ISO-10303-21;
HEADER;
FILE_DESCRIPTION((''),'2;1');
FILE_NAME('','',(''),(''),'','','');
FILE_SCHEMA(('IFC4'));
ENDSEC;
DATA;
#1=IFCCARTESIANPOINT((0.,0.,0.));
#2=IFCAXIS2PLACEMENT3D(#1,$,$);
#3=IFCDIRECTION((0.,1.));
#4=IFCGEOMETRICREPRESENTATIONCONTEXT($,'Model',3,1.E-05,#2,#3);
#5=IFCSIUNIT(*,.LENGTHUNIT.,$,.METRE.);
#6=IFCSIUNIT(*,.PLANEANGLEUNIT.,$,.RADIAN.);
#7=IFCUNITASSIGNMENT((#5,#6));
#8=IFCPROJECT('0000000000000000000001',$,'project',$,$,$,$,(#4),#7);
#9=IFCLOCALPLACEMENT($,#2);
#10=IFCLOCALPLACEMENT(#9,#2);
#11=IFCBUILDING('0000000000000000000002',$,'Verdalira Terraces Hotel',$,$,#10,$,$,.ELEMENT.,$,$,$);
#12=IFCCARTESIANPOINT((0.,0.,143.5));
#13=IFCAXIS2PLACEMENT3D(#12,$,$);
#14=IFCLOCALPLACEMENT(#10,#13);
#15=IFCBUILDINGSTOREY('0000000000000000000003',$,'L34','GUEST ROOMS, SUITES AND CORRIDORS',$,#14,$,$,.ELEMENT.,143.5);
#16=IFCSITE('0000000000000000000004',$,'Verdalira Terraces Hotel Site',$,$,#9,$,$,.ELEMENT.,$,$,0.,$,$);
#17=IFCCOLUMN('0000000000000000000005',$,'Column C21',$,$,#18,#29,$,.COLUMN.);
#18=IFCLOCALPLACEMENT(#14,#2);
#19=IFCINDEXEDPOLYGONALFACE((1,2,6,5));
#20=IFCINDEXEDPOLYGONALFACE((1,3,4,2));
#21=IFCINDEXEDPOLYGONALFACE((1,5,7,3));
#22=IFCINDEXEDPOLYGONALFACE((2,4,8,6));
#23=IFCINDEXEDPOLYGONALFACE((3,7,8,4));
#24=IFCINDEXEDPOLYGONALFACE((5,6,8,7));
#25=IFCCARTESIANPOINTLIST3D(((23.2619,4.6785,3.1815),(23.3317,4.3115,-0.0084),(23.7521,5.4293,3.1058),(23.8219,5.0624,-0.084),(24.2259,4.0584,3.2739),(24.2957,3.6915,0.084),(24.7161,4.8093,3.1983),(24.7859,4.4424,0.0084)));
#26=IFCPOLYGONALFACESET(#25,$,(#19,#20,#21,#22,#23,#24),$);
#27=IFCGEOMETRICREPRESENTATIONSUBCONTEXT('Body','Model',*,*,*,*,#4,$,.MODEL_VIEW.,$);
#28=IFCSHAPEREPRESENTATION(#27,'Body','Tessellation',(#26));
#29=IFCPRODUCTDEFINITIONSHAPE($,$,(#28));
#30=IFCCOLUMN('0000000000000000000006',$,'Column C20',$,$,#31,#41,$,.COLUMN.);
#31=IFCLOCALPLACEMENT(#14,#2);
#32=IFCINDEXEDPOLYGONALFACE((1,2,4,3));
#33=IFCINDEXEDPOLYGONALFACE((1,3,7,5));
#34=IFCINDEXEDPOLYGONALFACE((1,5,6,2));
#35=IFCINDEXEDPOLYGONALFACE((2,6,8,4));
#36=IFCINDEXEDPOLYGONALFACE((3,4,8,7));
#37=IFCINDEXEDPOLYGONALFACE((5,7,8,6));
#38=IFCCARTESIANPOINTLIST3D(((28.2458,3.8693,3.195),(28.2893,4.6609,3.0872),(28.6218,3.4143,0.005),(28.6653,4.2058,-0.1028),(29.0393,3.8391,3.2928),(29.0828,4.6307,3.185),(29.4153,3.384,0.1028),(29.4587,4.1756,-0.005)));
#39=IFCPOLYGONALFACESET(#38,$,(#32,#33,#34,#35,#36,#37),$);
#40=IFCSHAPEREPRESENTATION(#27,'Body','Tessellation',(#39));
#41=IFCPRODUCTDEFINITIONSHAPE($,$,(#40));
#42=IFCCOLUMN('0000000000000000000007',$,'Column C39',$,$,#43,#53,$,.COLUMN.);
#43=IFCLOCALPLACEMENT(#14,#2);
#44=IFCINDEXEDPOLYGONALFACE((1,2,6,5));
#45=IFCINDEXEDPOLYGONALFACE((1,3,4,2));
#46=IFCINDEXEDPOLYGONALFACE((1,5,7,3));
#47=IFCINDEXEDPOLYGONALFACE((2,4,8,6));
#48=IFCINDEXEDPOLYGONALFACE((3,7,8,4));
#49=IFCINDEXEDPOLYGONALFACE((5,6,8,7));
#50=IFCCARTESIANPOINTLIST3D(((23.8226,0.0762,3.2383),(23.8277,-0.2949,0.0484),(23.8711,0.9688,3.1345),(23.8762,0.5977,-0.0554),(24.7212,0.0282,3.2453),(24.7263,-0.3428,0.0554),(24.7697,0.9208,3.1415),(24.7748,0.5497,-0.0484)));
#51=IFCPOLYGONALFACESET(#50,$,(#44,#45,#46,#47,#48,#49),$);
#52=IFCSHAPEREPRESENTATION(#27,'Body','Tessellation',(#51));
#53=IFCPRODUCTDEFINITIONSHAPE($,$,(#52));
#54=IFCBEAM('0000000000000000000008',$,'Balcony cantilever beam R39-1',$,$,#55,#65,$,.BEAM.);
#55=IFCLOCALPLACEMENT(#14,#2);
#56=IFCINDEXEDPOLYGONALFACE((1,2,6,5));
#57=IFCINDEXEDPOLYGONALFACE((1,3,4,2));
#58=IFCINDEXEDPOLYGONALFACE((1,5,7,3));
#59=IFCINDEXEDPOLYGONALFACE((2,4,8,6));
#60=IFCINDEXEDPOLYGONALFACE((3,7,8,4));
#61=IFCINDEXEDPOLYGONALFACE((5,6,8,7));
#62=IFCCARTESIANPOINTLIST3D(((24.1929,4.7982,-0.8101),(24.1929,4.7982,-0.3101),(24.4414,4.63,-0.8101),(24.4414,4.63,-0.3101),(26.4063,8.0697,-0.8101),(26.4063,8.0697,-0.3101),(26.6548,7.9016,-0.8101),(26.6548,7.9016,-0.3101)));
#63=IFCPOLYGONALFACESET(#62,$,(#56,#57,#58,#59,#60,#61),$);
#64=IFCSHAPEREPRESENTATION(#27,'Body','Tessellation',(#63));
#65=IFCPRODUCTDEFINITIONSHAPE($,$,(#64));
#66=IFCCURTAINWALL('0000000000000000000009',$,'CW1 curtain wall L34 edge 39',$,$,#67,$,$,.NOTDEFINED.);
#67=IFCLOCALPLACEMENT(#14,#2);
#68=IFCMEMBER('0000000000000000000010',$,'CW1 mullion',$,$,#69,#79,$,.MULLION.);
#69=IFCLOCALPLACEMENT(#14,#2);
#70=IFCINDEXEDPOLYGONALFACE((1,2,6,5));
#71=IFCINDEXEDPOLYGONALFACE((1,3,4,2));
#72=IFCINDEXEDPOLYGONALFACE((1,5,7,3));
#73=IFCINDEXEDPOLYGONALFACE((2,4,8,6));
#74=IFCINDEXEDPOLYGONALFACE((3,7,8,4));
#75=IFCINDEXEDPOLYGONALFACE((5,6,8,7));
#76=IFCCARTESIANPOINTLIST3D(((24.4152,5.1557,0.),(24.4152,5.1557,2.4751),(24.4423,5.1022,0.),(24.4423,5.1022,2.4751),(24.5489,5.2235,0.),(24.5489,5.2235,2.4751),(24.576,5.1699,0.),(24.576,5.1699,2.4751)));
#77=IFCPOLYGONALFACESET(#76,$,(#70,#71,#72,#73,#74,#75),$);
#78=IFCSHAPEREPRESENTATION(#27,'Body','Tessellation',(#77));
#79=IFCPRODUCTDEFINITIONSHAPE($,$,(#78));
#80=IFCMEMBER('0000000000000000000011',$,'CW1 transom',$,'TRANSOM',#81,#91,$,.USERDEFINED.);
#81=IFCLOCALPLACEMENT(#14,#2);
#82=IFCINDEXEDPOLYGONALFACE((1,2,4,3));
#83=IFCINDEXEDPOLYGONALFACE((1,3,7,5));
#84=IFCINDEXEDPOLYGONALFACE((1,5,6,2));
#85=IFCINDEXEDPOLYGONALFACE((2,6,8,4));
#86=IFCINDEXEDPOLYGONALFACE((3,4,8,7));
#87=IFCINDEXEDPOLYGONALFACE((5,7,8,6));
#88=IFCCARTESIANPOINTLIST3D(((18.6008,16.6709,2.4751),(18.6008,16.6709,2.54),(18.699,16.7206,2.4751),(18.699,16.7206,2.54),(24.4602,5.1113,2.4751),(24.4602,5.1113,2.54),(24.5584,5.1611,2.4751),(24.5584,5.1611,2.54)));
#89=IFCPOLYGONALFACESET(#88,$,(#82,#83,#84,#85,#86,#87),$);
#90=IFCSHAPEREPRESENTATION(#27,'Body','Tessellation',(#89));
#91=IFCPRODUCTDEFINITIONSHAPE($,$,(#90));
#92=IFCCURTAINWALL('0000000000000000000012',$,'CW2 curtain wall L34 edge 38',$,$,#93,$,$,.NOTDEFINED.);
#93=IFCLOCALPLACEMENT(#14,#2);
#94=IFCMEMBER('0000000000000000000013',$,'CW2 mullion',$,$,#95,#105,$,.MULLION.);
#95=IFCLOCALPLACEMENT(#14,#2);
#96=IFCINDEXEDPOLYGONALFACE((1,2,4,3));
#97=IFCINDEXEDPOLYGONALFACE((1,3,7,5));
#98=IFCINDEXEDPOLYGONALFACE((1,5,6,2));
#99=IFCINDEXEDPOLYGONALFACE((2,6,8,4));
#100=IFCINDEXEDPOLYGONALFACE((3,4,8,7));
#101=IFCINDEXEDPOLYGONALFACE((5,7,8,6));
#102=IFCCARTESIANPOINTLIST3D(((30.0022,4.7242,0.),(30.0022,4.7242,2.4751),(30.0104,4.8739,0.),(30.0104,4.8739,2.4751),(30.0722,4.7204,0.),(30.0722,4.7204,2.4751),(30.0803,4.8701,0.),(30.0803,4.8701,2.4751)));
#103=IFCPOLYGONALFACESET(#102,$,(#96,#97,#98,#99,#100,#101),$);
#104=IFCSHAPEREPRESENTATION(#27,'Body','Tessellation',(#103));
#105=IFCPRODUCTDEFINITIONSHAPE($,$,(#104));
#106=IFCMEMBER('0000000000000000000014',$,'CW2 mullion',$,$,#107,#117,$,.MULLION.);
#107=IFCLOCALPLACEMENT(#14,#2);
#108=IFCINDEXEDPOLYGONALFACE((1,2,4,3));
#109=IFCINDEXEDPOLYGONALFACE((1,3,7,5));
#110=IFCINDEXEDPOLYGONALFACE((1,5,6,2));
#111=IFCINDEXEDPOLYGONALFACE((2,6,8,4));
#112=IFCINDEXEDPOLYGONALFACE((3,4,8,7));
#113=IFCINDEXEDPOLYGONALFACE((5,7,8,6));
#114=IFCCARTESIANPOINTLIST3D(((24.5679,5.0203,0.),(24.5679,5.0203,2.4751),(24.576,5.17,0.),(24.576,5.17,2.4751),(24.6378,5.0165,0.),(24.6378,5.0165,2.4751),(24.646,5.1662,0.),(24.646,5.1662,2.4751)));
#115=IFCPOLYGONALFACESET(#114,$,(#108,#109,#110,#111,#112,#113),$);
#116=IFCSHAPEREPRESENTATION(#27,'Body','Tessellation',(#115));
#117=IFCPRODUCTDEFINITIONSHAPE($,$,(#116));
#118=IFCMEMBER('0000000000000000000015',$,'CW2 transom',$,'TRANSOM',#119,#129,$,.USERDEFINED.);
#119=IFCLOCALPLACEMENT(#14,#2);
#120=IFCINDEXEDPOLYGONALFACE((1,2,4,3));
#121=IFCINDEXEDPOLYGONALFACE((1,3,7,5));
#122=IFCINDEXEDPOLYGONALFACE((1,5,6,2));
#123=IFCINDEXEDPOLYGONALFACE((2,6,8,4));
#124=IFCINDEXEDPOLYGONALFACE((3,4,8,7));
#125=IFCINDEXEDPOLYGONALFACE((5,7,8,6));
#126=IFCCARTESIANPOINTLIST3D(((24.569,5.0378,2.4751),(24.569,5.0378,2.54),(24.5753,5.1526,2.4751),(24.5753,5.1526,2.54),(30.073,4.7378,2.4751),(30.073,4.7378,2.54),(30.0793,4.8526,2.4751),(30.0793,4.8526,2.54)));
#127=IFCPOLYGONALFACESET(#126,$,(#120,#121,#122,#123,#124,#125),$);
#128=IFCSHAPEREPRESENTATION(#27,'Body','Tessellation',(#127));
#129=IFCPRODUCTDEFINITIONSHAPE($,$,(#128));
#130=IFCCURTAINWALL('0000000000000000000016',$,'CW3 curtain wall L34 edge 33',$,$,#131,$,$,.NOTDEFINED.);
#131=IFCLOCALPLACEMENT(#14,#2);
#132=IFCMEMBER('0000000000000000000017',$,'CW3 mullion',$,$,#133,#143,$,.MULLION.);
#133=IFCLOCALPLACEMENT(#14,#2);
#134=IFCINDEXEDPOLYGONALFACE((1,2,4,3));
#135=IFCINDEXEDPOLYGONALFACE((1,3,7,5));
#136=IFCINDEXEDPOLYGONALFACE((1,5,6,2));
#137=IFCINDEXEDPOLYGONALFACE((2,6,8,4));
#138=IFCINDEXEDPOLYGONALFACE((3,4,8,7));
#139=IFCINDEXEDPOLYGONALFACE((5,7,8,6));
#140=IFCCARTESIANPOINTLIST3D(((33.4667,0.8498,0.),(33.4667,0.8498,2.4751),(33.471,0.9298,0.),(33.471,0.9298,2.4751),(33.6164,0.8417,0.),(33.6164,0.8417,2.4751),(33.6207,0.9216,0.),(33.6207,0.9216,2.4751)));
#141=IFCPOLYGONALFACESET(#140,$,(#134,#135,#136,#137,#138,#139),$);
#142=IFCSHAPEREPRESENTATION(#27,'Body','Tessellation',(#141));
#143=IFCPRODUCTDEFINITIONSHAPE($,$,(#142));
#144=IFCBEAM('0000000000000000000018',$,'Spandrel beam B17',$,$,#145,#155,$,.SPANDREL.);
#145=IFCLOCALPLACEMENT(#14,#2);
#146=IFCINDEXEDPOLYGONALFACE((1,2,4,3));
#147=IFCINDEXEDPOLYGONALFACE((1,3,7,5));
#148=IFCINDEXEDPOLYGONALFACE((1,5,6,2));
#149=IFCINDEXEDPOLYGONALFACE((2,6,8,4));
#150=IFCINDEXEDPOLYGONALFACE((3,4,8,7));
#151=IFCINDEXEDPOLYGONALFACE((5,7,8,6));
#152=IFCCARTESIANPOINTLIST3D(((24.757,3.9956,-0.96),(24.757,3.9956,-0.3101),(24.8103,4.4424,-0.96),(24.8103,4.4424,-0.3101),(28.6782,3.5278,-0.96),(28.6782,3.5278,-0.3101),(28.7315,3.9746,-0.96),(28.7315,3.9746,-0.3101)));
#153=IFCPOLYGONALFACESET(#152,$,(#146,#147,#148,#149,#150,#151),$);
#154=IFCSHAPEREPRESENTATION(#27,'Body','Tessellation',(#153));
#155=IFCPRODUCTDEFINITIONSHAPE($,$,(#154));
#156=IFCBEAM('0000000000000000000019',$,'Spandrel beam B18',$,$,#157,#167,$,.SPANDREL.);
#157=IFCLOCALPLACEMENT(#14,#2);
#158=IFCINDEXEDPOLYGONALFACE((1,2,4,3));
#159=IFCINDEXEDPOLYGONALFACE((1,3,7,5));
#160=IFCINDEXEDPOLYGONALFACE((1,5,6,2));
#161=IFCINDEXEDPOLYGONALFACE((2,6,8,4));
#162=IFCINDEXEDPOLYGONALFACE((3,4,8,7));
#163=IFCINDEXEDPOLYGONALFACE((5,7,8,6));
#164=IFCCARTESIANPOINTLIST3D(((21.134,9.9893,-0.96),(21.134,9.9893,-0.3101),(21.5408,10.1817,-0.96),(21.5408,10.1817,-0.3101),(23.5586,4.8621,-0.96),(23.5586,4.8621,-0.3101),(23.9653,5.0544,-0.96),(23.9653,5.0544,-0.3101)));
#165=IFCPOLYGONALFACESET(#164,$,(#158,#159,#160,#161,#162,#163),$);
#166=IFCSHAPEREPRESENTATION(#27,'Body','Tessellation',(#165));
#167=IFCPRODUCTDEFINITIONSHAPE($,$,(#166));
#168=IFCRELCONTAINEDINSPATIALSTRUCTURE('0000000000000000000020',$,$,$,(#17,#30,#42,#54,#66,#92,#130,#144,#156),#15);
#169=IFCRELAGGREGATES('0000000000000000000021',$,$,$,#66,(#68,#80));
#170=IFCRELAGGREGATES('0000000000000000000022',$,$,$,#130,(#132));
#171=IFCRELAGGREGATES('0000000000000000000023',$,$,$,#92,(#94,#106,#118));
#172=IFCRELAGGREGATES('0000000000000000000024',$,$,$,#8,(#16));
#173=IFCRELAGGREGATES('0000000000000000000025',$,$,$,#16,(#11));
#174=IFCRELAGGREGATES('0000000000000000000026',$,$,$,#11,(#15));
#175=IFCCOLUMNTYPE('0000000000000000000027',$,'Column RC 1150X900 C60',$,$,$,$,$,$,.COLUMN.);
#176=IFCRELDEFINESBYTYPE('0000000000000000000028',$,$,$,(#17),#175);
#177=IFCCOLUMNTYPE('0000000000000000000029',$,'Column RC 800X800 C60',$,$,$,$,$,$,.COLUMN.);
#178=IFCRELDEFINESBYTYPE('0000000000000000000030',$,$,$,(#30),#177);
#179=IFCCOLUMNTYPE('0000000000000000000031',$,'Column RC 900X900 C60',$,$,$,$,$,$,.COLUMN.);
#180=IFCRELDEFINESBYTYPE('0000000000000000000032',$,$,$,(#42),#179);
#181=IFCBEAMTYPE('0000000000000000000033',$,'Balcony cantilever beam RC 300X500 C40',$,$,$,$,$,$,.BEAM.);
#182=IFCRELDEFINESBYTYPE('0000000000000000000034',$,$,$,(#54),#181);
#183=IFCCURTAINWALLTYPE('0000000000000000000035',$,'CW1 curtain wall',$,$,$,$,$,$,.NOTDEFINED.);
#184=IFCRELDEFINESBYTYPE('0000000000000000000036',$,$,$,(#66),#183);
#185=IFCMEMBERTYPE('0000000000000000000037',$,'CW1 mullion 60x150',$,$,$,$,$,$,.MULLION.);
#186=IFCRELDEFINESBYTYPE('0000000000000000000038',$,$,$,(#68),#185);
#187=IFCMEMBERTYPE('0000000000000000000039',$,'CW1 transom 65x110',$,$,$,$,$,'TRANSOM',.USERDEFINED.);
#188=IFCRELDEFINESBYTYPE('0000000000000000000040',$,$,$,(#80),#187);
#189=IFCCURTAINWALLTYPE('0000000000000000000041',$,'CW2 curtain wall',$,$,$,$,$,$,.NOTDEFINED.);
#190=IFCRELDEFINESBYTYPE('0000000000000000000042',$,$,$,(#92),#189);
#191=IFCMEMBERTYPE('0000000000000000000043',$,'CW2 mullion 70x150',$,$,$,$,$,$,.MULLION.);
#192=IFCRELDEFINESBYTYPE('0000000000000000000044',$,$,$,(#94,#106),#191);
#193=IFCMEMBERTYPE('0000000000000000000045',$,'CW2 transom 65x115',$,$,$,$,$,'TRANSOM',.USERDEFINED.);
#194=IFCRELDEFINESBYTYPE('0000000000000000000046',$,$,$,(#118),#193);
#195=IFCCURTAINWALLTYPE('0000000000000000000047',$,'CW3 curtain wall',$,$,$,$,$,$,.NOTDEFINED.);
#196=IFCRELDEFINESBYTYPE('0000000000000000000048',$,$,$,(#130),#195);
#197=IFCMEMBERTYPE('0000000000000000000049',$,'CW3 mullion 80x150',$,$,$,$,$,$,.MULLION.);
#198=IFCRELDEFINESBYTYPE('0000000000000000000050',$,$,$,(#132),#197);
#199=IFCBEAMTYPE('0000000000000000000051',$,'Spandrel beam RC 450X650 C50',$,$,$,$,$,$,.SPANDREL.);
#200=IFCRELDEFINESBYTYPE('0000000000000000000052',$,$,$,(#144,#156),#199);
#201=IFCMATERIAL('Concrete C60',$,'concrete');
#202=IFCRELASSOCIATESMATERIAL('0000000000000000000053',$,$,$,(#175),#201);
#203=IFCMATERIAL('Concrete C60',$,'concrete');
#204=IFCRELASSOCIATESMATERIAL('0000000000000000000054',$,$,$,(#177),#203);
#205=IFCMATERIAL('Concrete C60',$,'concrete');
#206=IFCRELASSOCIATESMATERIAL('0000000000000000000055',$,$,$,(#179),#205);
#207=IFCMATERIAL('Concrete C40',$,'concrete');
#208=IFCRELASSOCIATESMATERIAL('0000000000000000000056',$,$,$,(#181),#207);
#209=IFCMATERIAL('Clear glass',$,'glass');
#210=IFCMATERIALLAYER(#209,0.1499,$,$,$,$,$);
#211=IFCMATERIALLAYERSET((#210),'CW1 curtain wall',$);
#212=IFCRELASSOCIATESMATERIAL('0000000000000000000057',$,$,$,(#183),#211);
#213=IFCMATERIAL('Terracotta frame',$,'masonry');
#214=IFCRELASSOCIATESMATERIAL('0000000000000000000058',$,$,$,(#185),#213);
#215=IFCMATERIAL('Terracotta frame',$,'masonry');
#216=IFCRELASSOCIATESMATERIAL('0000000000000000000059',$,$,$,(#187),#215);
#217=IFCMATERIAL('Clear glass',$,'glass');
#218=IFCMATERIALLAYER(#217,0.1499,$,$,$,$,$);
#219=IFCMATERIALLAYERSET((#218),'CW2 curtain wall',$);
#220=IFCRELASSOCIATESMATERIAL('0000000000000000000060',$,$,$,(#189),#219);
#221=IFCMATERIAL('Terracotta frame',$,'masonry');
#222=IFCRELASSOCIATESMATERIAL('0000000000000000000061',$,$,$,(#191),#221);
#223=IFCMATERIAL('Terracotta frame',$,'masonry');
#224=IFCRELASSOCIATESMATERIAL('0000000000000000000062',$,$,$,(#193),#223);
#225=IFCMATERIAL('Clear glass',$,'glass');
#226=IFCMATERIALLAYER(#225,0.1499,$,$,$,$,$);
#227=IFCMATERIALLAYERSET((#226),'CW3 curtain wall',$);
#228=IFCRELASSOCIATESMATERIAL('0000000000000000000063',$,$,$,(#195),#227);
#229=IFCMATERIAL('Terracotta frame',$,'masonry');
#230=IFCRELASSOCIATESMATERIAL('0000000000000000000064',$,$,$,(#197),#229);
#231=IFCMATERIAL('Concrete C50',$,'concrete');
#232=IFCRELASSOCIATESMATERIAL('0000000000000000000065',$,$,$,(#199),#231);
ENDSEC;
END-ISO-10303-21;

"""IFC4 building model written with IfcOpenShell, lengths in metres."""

from ifc_helpers import new_model, si_unit, direction, frame, origin, origin_2d, place, context, subcontext, project, spatial, rectangle, extrude, material, layer, layer_set, material_profile, profile_set, type_object, element, aggregate, save


model = new_model("IFC4")

# Units and contexts
model_context = context("Model", 3, precision=1e-05, world=origin(), true_north=direction((0.0, 1.0)))
body_context = subcontext(model_context, "Body", "Model", "MODEL_VIEW")
ifc_project = project(units=[si_unit("LENGTHUNIT", "METRE"), si_unit("PLANEANGLEUNIT", "RADIAN")], contexts=[model_context])

# Site, building, storey
site_placement = place(None, origin())
site = spatial("IfcSite", under=ifc_project, at=site_placement, Name="Verdalira Terraces Hotel Site", CompositionType="ELEMENT", RefElevation=0.0)
building_placement = place(site_placement, origin())
building = spatial("IfcBuilding", under=site, at=building_placement, Name="Verdalira Terraces Hotel", CompositionType="ELEMENT")
storey_placement = place(building_placement, frame((0.0, 0.0, 143.5)))
storey = spatial("IfcBuildingStorey", under=building, at=storey_placement, Name="L34", Description="GUEST ROOMS, SUITES AND CORRIDORS", CompositionType="ELEMENT", Elevation=143.5)

# Columns
ifc_material_1 = material(Name="Concrete C60", Category="concrete")
ifc_material_profile_1 = material_profile(ifc_material_1, rectangle(XDim=1.1499, YDim=0.8999, at=origin_2d()), Name="RC 1150X900")
ifc_profile_set_1 = profile_set([ifc_material_profile_1], Name="Concrete C60")
column_type_1 = type_object("IfcColumnType", Name="Column RC 1150X900 C60", PredefinedType="COLUMN", material=ifc_profile_set_1)
column_1_placement = place(storey_placement, frame((24.0588, 4.377, 0.0), z_axis=(-0.02174, 0.114251, 0.993214), x_axis=(0.83834, -0.53919, 0.080374)))
element("IfcColumn", 1, at=column_1_placement, inside=storey, type_object=column_type_1, Name="Column C21", PredefinedType="COLUMN", context=body_context, shape_type="SweptSolid", body=[
    extrude(rectangle(XDim=1.1499, YDim=0.8999, at=origin_2d()), origin(), (0.0, 0.0, 1.0), 3.2117),
])
ifc_material_2 = material(Name="Concrete C60", Category="concrete")
ifc_material_profile_2 = material_profile(ifc_material_2, rectangle(XDim=0.8, YDim=0.8, at=origin_2d()), Name="RC 800X800")
ifc_profile_set_2 = profile_set([ifc_material_profile_2], Name="Concrete C60")
column_type_2 = type_object("IfcColumnType", Name="Column RC 800X800 C60", PredefinedType="COLUMN", material=ifc_profile_set_2)
column_2_placement = place(storey_placement, frame((29.0403, 3.7949, 0.0), z_axis=(-0.115896, 0.140279, 0.983306), x_axis=(-0.991775, 0.037794, -0.122285)))
element("IfcColumn", 2, at=column_2_placement, inside=storey, type_object=column_type_2, Name="Column C20", PredefinedType="COLUMN", context=body_context, shape_type="SweptSolid", body=[
    extrude(rectangle(XDim=0.8, YDim=0.8, at=origin_2d()), origin(), (0.0, 0.0, 1.0), 3.2441),
])
ifc_material_3 = material(Name="Concrete C60", Category="concrete")
ifc_material_profile_3 = material_profile(ifc_material_3, rectangle(XDim=0.8999, YDim=0.8999, at=origin_2d()), Name="RC 900X900")
ifc_profile_set_3 = profile_set([ifc_material_profile_3], Name="Concrete C60")
column_type_3 = type_object("IfcColumnType", Name="Column RC 900X900 C60", PredefinedType="COLUMN", material=ifc_profile_set_3)
column_3_placement = place(storey_placement, frame((24.3013, 0.1274, 0.0), z_axis=(-0.001596, 0.115553, 0.9933), x_axis=(0.998546, -0.053331, 0.007809)))
element("IfcColumn", 3, at=column_3_placement, inside=storey, type_object=column_type_3, Name="Column C39", PredefinedType="COLUMN", context=body_context, shape_type="SweptSolid", body=[
    extrude(rectangle(XDim=0.8999, YDim=0.8999, at=origin_2d()), origin(), (0.0, 0.0, 1.0), 3.2114),
])

# Beam
ifc_material_4 = material(Name="Concrete C40", Category="concrete")
ifc_material_profile_4 = material_profile(ifc_material_4, rectangle(XDim=0.3, YDim=0.5, at=origin_2d()), Name="RC 300X500")
ifc_profile_set_4 = profile_set([ifc_material_profile_4], Name="Concrete C40")
beam_type_1 = type_object("IfcBeamType", Name="Balcony cantilever beam RC 300X500 C40", PredefinedType="BEAM", material=ifc_profile_set_4)
beam_1_placement = place(storey_placement, frame((24.3171, 4.7141, -0.5601), z_axis=(0.560364, 0.828246, 0.0), x_axis=(-0.828246, 0.560364, 0.0)))
element("IfcBeam", 4, at=beam_1_placement, inside=storey, type_object=beam_type_1, Name="Balcony cantilever beam R39-1", PredefinedType="BEAM", context=body_context, shape_type="SweptSolid", body=[
    extrude(rectangle(XDim=0.3, YDim=0.5, at=origin_2d()), origin(), (0.0, 0.0, 1.0), 3.95),
])

# Curtain walls, members
ifc_material_5 = material(Name="Clear glass", Category="glass")
ifc_layer_1 = layer(ifc_material_5, 0.1499)
ifc_layer_set_1 = layer_set([ifc_layer_1], Name="CW1 curtain wall")
curtain_wall_type_1 = type_object("IfcCurtainWallType", Name="CW1 curtain wall", PredefinedType="NOTDEFINED", material=ifc_layer_set_1)
curtain_wall_1_placement = place(storey_placement, origin())
curtain_wall_1 = element("IfcCurtainWall", 5, at=curtain_wall_1_placement, inside=storey, type_object=curtain_wall_type_1, Name="CW1 curtain wall L34 edge 39", PredefinedType="NOTDEFINED")
ifc_material_6 = material(Name="Terracotta frame", Category="masonry")
ifc_material_profile_5 = material_profile(ifc_material_6, rectangle(XDim=0.0601, YDim=0.1499, at=origin_2d()), Name="MU 60x150")
ifc_profile_set_5 = profile_set([ifc_material_profile_5], Name="Terracotta frame")
member_type_1 = type_object("IfcMemberType", Name="CW1 mullion 60x150", PredefinedType="MULLION", material=ifc_profile_set_5)
member_1_placement = place(storey_placement, frame((24.4956, 5.1628, 0.0), z_axis=(0.0, 0.0, 1.0), x_axis=(-0.452123, 0.891955, 0.0)))
member_1 = element("IfcMember", 6, at=member_1_placement, type_object=member_type_1, Name="CW1 mullion", PredefinedType="MULLION", context=body_context, shape_type="SweptSolid", body=[
    extrude(rectangle(XDim=0.0601, YDim=0.1499, at=origin_2d()), origin(), (0.0, 0.0, 1.0), 2.4751),
])
ifc_material_7 = material(Name="Terracotta frame", Category="masonry")
ifc_material_profile_6 = material_profile(ifc_material_7, rectangle(XDim=0.1101, YDim=0.0649, at=origin_2d()), Name="TR 65x110")
ifc_profile_set_6 = profile_set([ifc_material_profile_6], Name="Terracotta frame")
member_type_2 = type_object("IfcMemberType", Name="CW1 transom 65x110", ElementType="TRANSOM", PredefinedType="USERDEFINED", material=ifc_profile_set_6)
member_2_placement = place(storey_placement, frame((24.5093, 5.1362, 2.5076), z_axis=(-0.45212, 0.891957, 0.0), x_axis=(-0.891957, -0.45212, 0.0)))
member_2 = element("IfcMember", 7, at=member_2_placement, type_object=member_type_2, Name="CW1 transom", ObjectType="TRANSOM", PredefinedType="USERDEFINED", context=body_context, shape_type="SweptSolid", body=[
    extrude(rectangle(XDim=0.1101, YDim=0.0649, at=origin_2d()), origin(), (0.0, 0.0, 1.0), 12.9597),
])
aggregate(curtain_wall_1, [member_1, member_2])
ifc_material_8 = material(Name="Clear glass", Category="glass")
ifc_layer_2 = layer(ifc_material_8, 0.1499)
ifc_layer_set_2 = layer_set([ifc_layer_2], Name="CW2 curtain wall")
curtain_wall_type_2 = type_object("IfcCurtainWallType", Name="CW2 curtain wall", PredefinedType="NOTDEFINED", material=ifc_layer_set_2)
curtain_wall_2_placement = place(storey_placement, origin())
curtain_wall_2 = element("IfcCurtainWall", 8, at=curtain_wall_2_placement, inside=storey, type_object=curtain_wall_type_2, Name="CW2 curtain wall L34 edge 38", PredefinedType="NOTDEFINED")
ifc_material_9 = material(Name="Terracotta frame", Category="masonry")
ifc_material_profile_7 = material_profile(ifc_material_9, rectangle(XDim=0.0701, YDim=0.1499, at=origin_2d()), Name="MU 70x150")
ifc_profile_set_7 = profile_set([ifc_material_profile_7], Name="Terracotta frame")
member_type_3 = type_object("IfcMemberType", Name="CW2 mullion 70x150", PredefinedType="MULLION", material=ifc_profile_set_7)
member_3_placement = place(storey_placement, frame((30.0413, 4.7971, 0.0), z_axis=(0.0, 0.0, 1.0), x_axis=(-0.998518, 0.054427, 0.0)))
member_3 = element("IfcMember", 9, at=member_3_placement, type_object=member_type_3, Name="CW2 mullion", PredefinedType="MULLION", context=body_context, shape_type="SweptSolid", body=[
    extrude(rectangle(XDim=0.0701, YDim=0.1499, at=origin_2d()), origin(), (0.0, 0.0, 1.0), 2.4751),
])
member_4_placement = place(storey_placement, frame((24.6069, 5.0933, 0.0), z_axis=(0.0, 0.0, 1.0), x_axis=(-0.998518, 0.054427, 0.0)))
member_4 = element("IfcMember", 10, at=member_4_placement, type_object=member_type_3, Name="CW2 mullion", PredefinedType="MULLION", context=body_context, shape_type="SweptSolid", body=[
    extrude(rectangle(XDim=0.0701, YDim=0.1499, at=origin_2d()), origin(), (0.0, 0.0, 1.0), 2.4751),
])
ifc_material_10 = material(Name="Terracotta frame", Category="masonry")
ifc_material_profile_8 = material_profile(ifc_material_10, rectangle(XDim=0.115, YDim=0.0649, at=origin_2d()), Name="TR 65x115")
ifc_profile_set_8 = profile_set([ifc_material_profile_8], Name="Terracotta frame")
member_type_4 = type_object("IfcMemberType", Name="CW2 transom 65x115", ElementType="TRANSOM", PredefinedType="USERDEFINED", material=ifc_profile_set_8)
member_5_placement = place(storey_placement, frame((30.0762, 4.7952, 2.5076), z_axis=(-0.998517, 0.054432, 0.0), x_axis=(-0.054432, -0.998517, 0.0)))
member_5 = element("IfcMember", 11, at=member_5_placement, type_object=member_type_4, Name="CW2 transom", ObjectType="TRANSOM", PredefinedType="USERDEFINED", context=body_context, shape_type="SweptSolid", body=[
    extrude(rectangle(XDim=0.115, YDim=0.0649, at=origin_2d()), origin(), (0.0, 0.0, 1.0), 5.5122),
])

# Curtain wall, member
ifc_material_11 = material(Name="Clear glass", Category="glass")
ifc_layer_3 = layer(ifc_material_11, 0.1499)
ifc_layer_set_3 = layer_set([ifc_layer_3], Name="CW3 curtain wall")
curtain_wall_type_3 = type_object("IfcCurtainWallType", Name="CW3 curtain wall", PredefinedType="NOTDEFINED", material=ifc_layer_set_3)
curtain_wall_3_placement = place(storey_placement, origin())
curtain_wall_3 = element("IfcCurtainWall", 12, at=curtain_wall_3_placement, inside=storey, type_object=curtain_wall_type_3, Name="CW3 curtain wall L34 edge 33", PredefinedType="NOTDEFINED")
ifc_material_12 = material(Name="Terracotta frame", Category="masonry")
ifc_material_profile_9 = material_profile(ifc_material_12, rectangle(XDim=0.0801, YDim=0.1499, at=origin_2d()), Name="MU 80x150")
ifc_profile_set_9 = profile_set([ifc_material_profile_9], Name="Terracotta frame")
member_type_5 = type_object("IfcMemberType", Name="CW3 mullion 80x150", PredefinedType="MULLION", material=ifc_profile_set_9)
member_6_placement = place(storey_placement, frame((33.5437, 0.8857, 0.0), z_axis=(0.0, 0.0, 1.0), x_axis=(0.054427, 0.998518, 0.0)))
member_6 = element("IfcMember", 13, at=member_6_placement, type_object=member_type_5, Name="CW3 mullion", PredefinedType="MULLION", context=body_context, shape_type="SweptSolid", body=[
    extrude(rectangle(XDim=0.0801, YDim=0.1499, at=origin_2d()), origin(), (0.0, 0.0, 1.0), 2.4751),
])
aggregate(curtain_wall_3, [member_6])

# Beams
ifc_material_13 = material(Name="Concrete C50", Category="concrete")
ifc_material_profile_10 = material_profile(ifc_material_13, rectangle(XDim=0.45, YDim=0.6499, at=origin_2d()), Name="RC 450X650")
ifc_profile_set_10 = profile_set([ifc_material_profile_10], Name="Concrete C50")
beam_type_2 = type_object("IfcBeamType", Name="Spandrel beam RC 450X650 C50", PredefinedType="SPANDREL", material=ifc_profile_set_10)
beam_2_placement = place(storey_placement, frame((28.7048, 3.7512, -0.635), z_axis=(-0.992959, 0.118455, 0.0), x_axis=(-0.118455, -0.992959, 0.0)))
element("IfcBeam", 14, at=beam_2_placement, inside=storey, type_object=beam_type_2, Name="Spandrel beam B17", PredefinedType="SPANDREL", context=body_context, shape_type="SweptSolid", body=[
    extrude(rectangle(XDim=0.45, YDim=0.6499, at=origin_2d()), origin(), (0.0, 0.0, 1.0), 3.949),
])
beam_3_placement = place(storey_placement, frame((23.762, 4.9583, -0.635), z_axis=(-0.427494, 0.904018, 0.0), x_axis=(-0.904018, -0.427494, 0.0)))
element("IfcBeam", 15, at=beam_3_placement, inside=storey, type_object=beam_type_2, Name="Spandrel beam B18", PredefinedType="SPANDREL", context=body_context, shape_type="SweptSolid", body=[
    extrude(rectangle(XDim=0.45, YDim=0.6499, at=origin_2d()), origin(), (0.0, 0.0, 1.0), 5.6716),
])

aggregate(curtain_wall_2, [member_3, member_4, member_5])

save(model, "model.ifc")
